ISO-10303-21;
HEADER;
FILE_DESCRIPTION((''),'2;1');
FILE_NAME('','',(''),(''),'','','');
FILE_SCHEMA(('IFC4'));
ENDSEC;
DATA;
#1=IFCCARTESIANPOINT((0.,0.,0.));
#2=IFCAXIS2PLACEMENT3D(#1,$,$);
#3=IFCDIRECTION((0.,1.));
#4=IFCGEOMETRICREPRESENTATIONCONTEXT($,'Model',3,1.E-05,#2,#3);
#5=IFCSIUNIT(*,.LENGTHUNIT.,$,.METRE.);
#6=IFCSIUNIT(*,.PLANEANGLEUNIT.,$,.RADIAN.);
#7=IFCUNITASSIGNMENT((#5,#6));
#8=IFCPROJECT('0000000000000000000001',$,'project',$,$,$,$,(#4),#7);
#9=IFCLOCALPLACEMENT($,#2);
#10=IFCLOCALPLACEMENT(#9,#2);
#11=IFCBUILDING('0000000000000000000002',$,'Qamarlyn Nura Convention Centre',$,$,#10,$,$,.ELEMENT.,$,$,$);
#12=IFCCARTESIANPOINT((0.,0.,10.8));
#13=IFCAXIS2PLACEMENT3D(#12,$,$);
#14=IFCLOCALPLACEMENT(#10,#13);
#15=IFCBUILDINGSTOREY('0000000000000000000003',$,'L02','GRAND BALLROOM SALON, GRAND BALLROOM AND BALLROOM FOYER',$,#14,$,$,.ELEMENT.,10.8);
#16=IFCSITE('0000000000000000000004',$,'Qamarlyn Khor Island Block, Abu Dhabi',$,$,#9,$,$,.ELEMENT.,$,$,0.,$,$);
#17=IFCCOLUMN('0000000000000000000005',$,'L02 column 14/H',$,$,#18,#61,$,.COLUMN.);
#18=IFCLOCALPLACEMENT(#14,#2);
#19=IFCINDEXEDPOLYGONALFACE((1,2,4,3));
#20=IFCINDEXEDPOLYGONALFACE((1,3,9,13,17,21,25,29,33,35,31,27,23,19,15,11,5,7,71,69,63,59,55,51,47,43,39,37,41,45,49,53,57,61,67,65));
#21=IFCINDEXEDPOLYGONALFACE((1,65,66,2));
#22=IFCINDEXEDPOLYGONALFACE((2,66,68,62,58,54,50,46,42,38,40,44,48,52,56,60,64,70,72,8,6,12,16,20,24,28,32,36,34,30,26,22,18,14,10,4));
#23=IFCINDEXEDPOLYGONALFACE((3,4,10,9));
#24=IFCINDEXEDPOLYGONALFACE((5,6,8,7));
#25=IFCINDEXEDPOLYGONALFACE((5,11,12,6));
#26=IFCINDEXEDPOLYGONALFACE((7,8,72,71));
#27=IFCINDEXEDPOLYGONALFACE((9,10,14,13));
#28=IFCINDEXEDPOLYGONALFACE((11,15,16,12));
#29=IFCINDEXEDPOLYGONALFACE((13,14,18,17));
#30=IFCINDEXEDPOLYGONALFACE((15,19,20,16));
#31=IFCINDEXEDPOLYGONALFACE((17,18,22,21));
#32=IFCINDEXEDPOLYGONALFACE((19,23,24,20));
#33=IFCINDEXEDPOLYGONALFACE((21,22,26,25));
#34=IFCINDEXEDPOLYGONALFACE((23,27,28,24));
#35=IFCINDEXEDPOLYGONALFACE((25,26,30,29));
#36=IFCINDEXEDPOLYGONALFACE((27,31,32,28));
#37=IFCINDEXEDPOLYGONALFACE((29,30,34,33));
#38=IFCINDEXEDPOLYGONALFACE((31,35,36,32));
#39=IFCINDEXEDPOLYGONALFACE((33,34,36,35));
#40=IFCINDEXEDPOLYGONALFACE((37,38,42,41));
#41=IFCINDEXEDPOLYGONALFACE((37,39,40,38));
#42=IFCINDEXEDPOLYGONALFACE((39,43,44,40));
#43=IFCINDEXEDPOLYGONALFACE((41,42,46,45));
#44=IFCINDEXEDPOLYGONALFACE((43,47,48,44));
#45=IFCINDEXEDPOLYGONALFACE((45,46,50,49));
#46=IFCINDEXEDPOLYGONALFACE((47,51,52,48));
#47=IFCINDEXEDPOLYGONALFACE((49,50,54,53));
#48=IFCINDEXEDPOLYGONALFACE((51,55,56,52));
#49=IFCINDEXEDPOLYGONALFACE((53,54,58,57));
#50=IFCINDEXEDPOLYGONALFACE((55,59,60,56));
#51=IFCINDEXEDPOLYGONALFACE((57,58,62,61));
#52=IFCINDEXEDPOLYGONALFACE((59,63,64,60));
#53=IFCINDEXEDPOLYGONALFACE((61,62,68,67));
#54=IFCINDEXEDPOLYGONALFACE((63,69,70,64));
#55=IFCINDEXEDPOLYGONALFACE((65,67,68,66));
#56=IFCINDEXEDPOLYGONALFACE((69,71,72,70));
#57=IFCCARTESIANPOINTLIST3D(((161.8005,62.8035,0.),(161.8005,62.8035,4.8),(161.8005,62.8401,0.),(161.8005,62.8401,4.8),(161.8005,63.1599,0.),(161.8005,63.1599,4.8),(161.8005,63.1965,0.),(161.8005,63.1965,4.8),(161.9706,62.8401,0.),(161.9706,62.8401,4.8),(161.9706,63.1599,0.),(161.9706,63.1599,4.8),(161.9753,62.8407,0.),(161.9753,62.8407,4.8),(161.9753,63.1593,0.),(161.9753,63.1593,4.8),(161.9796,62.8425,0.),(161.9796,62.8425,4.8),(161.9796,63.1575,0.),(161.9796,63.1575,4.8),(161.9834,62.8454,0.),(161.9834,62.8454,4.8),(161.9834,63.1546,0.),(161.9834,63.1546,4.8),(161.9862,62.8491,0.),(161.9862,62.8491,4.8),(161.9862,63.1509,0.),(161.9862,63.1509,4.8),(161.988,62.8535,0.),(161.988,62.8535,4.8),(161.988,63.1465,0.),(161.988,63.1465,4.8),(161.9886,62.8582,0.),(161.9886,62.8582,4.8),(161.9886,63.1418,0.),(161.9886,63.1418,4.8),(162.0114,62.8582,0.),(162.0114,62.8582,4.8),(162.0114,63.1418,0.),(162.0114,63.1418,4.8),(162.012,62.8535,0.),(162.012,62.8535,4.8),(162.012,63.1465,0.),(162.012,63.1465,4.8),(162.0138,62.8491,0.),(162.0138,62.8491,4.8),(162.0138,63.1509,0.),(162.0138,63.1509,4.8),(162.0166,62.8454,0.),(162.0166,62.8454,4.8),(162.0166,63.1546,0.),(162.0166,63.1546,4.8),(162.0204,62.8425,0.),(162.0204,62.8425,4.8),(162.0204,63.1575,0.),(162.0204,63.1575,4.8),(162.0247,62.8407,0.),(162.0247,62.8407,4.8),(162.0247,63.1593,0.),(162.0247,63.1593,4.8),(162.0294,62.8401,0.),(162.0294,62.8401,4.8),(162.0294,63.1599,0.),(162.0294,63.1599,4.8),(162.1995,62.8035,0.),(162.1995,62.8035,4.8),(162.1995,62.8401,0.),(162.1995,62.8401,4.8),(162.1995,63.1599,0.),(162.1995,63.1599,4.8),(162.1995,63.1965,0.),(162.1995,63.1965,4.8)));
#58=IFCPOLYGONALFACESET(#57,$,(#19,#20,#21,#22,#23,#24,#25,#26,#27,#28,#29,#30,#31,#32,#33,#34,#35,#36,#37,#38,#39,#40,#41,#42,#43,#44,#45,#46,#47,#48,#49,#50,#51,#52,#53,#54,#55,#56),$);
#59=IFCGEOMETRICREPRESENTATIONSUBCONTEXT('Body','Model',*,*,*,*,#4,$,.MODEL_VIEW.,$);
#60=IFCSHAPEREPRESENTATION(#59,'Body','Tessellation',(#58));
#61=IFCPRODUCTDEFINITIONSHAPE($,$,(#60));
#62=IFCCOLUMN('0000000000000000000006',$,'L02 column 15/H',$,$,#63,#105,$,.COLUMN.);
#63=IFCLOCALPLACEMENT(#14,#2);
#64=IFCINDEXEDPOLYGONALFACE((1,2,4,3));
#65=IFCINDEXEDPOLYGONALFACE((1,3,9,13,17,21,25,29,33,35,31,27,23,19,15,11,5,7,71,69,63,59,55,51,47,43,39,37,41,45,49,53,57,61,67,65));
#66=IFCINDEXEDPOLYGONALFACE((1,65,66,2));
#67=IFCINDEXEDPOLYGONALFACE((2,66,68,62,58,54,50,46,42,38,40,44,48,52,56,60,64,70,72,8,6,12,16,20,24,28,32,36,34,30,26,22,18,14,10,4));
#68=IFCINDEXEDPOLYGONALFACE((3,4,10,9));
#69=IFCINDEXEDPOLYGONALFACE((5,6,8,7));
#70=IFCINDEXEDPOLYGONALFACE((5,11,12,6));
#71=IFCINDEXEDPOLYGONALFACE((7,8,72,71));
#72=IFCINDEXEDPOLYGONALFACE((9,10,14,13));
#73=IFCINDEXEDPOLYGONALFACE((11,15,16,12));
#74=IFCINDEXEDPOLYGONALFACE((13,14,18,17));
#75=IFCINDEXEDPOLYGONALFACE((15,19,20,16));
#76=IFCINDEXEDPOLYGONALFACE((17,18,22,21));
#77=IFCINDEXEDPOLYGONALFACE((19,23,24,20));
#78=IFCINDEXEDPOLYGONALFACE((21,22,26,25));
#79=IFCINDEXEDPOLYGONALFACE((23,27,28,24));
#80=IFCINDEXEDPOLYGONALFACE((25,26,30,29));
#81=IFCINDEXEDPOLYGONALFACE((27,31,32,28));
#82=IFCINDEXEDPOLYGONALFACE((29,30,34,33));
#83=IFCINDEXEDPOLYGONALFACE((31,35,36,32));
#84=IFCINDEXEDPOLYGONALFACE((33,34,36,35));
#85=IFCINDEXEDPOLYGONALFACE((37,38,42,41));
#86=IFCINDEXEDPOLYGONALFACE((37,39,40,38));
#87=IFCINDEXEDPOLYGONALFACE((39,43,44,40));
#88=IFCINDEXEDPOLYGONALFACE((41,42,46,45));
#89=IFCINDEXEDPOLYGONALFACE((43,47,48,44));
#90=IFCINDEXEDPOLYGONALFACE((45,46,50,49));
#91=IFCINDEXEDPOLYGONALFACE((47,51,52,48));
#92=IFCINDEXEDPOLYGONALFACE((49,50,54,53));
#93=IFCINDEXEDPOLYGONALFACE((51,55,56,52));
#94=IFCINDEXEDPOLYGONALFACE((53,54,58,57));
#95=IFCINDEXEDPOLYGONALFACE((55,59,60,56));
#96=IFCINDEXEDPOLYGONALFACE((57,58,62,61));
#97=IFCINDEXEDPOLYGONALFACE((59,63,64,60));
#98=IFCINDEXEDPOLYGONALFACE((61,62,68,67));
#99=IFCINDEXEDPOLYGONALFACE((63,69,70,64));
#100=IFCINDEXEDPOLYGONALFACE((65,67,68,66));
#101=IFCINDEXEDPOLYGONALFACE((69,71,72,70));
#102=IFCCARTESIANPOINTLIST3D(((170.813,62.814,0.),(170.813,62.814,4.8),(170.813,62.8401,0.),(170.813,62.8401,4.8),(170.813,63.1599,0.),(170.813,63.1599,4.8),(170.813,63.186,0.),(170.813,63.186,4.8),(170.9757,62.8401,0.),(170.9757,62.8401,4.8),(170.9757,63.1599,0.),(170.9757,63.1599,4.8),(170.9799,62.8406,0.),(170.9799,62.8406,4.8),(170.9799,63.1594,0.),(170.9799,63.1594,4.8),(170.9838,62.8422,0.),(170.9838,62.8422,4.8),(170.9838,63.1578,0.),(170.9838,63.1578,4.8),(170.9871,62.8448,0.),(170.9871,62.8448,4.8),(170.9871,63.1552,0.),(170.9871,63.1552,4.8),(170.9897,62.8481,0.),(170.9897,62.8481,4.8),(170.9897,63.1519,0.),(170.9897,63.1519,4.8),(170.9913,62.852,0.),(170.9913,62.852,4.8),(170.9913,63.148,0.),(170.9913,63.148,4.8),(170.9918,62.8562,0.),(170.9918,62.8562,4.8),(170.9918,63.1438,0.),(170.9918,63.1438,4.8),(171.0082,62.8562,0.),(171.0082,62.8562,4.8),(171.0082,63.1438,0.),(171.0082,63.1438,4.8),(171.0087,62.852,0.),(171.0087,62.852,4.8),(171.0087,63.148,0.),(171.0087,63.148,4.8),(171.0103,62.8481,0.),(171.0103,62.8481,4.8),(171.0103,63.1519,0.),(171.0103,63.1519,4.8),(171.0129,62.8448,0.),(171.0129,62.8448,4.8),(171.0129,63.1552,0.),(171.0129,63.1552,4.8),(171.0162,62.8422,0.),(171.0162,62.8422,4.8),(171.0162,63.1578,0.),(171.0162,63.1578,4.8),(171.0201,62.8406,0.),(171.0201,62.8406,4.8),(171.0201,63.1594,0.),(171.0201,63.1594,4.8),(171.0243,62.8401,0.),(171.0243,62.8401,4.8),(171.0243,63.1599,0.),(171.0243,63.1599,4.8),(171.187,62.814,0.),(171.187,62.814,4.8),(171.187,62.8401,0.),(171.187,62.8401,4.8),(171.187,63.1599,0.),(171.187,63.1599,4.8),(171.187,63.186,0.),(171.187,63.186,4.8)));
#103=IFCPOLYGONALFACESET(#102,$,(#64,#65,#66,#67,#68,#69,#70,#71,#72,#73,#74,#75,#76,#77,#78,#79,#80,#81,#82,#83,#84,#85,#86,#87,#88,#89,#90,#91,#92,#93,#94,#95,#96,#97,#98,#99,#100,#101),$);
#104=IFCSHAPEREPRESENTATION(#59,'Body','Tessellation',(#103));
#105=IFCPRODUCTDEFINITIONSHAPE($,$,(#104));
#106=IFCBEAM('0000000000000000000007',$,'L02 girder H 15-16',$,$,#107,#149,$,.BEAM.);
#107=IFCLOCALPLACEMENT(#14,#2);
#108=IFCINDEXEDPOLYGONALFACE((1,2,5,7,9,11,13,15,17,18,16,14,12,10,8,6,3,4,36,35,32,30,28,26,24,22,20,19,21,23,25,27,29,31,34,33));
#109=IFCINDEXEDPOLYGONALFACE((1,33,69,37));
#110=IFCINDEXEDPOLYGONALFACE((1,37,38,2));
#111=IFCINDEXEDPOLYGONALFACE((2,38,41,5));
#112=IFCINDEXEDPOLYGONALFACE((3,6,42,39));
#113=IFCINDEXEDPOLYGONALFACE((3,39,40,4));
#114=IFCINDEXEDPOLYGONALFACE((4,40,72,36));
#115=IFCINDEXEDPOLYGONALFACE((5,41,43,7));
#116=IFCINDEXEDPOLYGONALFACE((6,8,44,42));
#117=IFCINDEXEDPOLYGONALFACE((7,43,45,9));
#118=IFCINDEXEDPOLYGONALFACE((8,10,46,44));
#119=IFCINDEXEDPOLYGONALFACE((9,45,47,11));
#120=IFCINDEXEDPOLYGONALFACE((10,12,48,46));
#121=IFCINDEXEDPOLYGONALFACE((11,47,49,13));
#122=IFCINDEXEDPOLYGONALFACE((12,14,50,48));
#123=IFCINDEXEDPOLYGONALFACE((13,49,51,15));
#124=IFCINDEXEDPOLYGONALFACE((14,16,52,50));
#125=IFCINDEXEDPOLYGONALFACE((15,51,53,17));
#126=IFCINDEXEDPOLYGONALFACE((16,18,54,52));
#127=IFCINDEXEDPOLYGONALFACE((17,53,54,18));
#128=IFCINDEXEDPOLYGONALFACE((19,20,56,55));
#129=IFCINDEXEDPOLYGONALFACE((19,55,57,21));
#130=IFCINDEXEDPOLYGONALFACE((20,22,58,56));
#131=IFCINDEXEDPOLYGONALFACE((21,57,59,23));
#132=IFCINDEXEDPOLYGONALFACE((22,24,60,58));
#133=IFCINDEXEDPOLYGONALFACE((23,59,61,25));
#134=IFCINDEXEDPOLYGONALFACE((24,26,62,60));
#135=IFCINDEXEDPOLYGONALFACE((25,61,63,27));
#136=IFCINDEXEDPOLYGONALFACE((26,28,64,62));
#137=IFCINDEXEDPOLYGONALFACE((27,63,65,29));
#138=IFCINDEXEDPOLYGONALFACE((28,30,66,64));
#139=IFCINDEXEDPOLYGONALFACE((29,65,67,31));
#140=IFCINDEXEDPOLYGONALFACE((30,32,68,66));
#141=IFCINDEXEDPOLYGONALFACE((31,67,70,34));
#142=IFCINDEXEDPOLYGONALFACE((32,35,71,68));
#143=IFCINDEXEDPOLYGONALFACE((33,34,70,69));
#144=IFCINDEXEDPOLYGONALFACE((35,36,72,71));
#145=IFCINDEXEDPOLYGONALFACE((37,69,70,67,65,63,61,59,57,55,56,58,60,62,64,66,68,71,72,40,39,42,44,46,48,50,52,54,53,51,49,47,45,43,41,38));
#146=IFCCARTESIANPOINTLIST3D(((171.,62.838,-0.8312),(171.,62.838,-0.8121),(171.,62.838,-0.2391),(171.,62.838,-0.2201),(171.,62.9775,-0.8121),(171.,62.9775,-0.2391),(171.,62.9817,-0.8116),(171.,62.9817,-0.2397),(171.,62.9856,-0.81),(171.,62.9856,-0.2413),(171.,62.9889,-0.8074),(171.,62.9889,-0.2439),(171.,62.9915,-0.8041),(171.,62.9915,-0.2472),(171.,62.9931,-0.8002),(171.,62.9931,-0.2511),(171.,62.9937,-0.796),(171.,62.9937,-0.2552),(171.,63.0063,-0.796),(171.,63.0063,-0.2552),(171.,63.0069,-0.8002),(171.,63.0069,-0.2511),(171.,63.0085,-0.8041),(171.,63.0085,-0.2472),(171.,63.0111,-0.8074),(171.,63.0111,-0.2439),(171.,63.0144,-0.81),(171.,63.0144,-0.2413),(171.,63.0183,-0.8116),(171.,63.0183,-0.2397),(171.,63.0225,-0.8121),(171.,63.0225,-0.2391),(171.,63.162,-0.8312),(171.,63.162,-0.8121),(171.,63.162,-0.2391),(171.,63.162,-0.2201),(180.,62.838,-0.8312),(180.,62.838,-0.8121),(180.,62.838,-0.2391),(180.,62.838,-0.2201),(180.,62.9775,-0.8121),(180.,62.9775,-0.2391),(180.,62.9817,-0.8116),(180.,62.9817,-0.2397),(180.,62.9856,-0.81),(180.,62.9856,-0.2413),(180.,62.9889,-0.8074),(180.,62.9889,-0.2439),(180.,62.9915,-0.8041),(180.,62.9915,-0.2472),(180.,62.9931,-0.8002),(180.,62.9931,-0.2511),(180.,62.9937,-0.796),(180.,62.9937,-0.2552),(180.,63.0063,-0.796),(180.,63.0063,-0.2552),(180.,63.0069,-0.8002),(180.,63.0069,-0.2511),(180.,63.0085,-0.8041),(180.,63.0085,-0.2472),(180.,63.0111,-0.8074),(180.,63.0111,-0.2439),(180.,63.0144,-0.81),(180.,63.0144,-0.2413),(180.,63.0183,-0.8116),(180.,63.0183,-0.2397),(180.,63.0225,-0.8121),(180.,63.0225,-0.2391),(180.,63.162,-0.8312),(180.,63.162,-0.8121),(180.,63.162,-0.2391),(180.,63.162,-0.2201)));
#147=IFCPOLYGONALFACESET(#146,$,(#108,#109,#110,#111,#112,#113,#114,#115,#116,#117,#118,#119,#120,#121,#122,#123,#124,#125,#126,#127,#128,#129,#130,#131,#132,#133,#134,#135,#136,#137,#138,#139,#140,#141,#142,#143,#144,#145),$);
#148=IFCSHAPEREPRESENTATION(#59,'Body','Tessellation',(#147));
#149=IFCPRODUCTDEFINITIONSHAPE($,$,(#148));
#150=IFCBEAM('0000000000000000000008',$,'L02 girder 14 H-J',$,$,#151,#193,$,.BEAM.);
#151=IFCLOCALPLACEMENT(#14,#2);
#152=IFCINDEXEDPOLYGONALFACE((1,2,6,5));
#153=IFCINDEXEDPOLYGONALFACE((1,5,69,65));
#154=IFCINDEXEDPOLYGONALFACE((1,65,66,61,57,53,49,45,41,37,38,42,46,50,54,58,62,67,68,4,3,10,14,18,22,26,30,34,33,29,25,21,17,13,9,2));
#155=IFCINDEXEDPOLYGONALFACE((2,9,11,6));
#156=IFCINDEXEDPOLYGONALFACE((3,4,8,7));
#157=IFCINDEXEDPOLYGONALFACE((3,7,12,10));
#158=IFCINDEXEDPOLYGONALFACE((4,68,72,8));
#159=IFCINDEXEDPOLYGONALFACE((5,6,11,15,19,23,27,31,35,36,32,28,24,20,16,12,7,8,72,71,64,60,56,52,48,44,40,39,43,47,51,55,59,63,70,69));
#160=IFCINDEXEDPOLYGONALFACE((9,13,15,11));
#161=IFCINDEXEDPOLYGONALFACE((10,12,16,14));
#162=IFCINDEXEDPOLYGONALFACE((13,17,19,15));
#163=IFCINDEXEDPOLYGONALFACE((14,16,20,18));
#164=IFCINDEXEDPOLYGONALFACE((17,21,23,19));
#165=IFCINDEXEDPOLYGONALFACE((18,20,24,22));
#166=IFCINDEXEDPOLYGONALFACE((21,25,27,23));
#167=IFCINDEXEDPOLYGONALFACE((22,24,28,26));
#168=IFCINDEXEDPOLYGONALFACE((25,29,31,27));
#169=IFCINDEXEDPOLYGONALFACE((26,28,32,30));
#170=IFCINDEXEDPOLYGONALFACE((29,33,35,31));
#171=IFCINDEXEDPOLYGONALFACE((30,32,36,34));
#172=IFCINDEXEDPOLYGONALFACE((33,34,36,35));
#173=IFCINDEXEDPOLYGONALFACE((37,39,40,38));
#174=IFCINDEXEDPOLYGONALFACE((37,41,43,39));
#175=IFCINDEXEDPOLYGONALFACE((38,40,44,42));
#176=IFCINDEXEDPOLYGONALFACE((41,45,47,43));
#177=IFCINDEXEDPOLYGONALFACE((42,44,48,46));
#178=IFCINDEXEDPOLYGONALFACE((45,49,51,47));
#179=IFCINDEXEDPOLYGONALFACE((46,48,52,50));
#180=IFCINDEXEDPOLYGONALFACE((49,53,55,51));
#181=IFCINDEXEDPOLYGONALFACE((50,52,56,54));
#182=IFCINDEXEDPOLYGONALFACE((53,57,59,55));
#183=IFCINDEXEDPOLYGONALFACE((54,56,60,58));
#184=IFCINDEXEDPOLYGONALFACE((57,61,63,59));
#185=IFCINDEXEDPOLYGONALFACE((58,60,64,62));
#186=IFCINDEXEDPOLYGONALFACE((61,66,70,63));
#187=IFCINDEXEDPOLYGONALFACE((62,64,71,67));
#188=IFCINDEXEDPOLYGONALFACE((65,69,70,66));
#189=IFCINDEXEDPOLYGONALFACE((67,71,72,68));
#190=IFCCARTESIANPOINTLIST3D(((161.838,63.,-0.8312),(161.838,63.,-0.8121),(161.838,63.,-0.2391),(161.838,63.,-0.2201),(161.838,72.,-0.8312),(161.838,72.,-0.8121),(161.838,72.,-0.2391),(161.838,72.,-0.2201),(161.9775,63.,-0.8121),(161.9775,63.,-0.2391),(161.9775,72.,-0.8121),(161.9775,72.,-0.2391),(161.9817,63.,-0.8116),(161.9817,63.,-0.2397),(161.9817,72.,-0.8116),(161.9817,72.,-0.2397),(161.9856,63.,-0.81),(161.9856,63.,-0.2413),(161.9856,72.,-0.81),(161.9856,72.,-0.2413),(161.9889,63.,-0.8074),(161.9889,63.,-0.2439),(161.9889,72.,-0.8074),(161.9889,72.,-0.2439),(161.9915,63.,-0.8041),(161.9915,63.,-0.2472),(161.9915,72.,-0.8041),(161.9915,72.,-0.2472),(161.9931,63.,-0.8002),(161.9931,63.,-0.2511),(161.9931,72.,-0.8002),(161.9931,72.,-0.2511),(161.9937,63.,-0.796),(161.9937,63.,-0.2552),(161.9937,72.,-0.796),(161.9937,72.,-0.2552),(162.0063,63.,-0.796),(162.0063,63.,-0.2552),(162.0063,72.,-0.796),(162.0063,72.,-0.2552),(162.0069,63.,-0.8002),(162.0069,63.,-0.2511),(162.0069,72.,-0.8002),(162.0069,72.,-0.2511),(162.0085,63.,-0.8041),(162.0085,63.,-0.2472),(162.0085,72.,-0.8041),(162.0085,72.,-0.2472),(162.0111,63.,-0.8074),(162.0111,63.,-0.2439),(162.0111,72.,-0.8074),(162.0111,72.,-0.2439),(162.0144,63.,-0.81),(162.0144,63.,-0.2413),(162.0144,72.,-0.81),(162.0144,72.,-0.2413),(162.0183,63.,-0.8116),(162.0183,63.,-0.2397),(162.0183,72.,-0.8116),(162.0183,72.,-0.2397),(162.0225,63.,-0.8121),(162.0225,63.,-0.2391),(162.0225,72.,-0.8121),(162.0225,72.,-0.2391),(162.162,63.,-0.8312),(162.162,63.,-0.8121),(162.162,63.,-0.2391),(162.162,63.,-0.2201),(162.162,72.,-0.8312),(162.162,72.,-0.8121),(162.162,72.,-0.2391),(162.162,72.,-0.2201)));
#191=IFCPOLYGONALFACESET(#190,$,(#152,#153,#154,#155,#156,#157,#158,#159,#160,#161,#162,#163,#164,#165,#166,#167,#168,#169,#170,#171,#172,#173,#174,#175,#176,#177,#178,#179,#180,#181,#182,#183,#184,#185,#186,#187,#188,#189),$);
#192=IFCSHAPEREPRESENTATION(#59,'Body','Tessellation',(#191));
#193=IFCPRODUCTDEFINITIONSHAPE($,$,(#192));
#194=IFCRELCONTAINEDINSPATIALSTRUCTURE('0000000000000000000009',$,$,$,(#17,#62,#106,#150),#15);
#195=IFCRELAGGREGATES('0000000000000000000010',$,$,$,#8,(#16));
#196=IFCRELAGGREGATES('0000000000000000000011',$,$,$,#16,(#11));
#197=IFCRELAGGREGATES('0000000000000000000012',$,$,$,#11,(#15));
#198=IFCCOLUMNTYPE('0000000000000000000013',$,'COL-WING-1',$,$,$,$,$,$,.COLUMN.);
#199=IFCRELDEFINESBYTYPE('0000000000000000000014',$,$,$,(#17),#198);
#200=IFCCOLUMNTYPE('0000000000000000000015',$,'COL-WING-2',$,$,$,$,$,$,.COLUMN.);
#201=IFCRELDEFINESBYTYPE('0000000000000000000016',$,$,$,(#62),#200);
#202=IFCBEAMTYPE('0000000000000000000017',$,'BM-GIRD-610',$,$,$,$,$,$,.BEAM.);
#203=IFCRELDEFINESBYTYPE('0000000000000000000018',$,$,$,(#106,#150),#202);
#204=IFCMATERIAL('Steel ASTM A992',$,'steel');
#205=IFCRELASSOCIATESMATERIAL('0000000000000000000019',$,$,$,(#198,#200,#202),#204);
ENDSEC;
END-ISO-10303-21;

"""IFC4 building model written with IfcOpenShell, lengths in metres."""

from ifc_helpers import new_model, si_unit, direction, frame, origin, origin_2d, place, context, subcontext, project, spatial, i_section, extrude, material, material_profile, profile_set, type_object, element, save


model = new_model("IFC4")

# Units and contexts
model_context = context("Model", 3, precision=1e-05, world=origin(), true_north=direction((0.0, 1.0)))
body_context = subcontext(model_context, "Body", "Model", "MODEL_VIEW")
ifc_project = project(units=[si_unit("LENGTHUNIT", "METRE"), si_unit("PLANEANGLEUNIT", "RADIAN")], contexts=[model_context])

# Site, building, storey
site_placement = place(None, origin())
site = spatial("IfcSite", under=ifc_project, at=site_placement, Name="Qamarlyn Khor Island Block, Abu Dhabi", CompositionType="ELEMENT", RefElevation=0.0)
building_placement = place(site_placement, origin())
building = spatial("IfcBuilding", under=site, at=building_placement, Name="Qamarlyn Nura Convention Centre", CompositionType="ELEMENT")
storey_placement = place(building_placement, frame((0.0, 0.0, 10.8)))
storey = spatial("IfcBuildingStorey", under=building, at=storey_placement, Name="L02", Description="GRAND BALLROOM SALON, GRAND BALLROOM AND BALLROOM FOYER", CompositionType="ELEMENT", Elevation=10.8)

# Columns
ifc_material_1 = material(Name="Steel ASTM A992", Category="steel")
ifc_material_profile_1 = material_profile(ifc_material_1, i_section(OverallWidth=0.3989, OverallDepth=0.3931, WebThickness=0.0227, FlangeThickness=0.0366, FilletRadius=0.0181, at=origin_2d()), Name="W360X287")
ifc_profile_set_1 = profile_set([ifc_material_profile_1], Name="Steel ASTM A992")
column_type_1 = type_object("IfcColumnType", Name="COL-WING-1", PredefinedType="COLUMN", material=ifc_profile_set_1)
column_1_placement = place(storey_placement, frame((162.0, 63.0, 0.0), z_axis=(0.0, 0.0, 1.0), x_axis=(1.0, 0.0, 0.0)))
element("IfcColumn", 1, at=column_1_placement, inside=storey, type_object=column_type_1, Name="L02 column 14/H", PredefinedType="COLUMN", context=body_context, shape_type="SweptSolid", body=[
    extrude(i_section(OverallWidth=0.3989, OverallDepth=0.3931, WebThickness=0.0227, FlangeThickness=0.0366, FilletRadius=0.0181, at=origin_2d()), origin(), (0.0, 0.0, 1.0), 4.8),
])
ifc_material_profile_2 = material_profile(ifc_material_1, i_section(OverallWidth=0.374, OverallDepth=0.3721, WebThickness=0.0164, FlangeThickness=0.0261, FilletRadius=0.0161, at=origin_2d()), Name="W360X196")
ifc_profile_set_2 = profile_set([ifc_material_profile_2], Name="Steel ASTM A992")
column_type_2 = type_object("IfcColumnType", Name="COL-WING-2", PredefinedType="COLUMN", material=ifc_profile_set_2)
column_2_placement = place(storey_placement, frame((171.0, 63.0, 0.0), z_axis=(0.0, 0.0, 1.0), x_axis=(1.0, 0.0, 0.0)))
element("IfcColumn", 2, at=column_2_placement, inside=storey, type_object=column_type_2, Name="L02 column 15/H", PredefinedType="COLUMN", context=body_context, shape_type="SweptSolid", body=[
    extrude(i_section(OverallWidth=0.374, OverallDepth=0.3721, WebThickness=0.0164, FlangeThickness=0.0261, FilletRadius=0.0161, at=origin_2d()), origin(), (0.0, 0.0, 1.0), 4.8),
])

# Beams
ifc_material_profile_3 = material_profile(ifc_material_1, i_section(OverallWidth=0.324, OverallDepth=0.6111, WebThickness=0.0127, FlangeThickness=0.019, FilletRadius=0.0161, at=origin_2d()), Name="W610X155")
ifc_profile_set_3 = profile_set([ifc_material_profile_3], Name="Steel ASTM A992")
beam_type_1 = type_object("IfcBeamType", Name="BM-GIRD-610", PredefinedType="BEAM", material=ifc_profile_set_3)
for number, where, z_axis, x_axis, name in (
    (3, (171.0, 63.0, -0.5256), (1.0, 0.0, 0.0), (0.0, 1.0, 0.0), "L02 girder H 15-16"),
    (4, (162.0, 63.0, -0.5256), (0.0, 1.0, 0.0), (-1.0, 0.0, 0.0), "L02 girder 14 H-J"),
):
    element("IfcBeam", number, at=place(storey_placement, frame(where, z_axis=z_axis, x_axis=x_axis)), inside=storey, type_object=beam_type_1, Name=name, PredefinedType="BEAM", context=body_context, shape_type="SweptSolid", body=[
        extrude(i_section(OverallWidth=0.324, OverallDepth=0.6111, WebThickness=0.0127, FlangeThickness=0.019, FilletRadius=0.0161, at=origin_2d()), origin(), (0.0, 0.0, 1.0), 9.0),
    ])

save(model, "model.ifc")
